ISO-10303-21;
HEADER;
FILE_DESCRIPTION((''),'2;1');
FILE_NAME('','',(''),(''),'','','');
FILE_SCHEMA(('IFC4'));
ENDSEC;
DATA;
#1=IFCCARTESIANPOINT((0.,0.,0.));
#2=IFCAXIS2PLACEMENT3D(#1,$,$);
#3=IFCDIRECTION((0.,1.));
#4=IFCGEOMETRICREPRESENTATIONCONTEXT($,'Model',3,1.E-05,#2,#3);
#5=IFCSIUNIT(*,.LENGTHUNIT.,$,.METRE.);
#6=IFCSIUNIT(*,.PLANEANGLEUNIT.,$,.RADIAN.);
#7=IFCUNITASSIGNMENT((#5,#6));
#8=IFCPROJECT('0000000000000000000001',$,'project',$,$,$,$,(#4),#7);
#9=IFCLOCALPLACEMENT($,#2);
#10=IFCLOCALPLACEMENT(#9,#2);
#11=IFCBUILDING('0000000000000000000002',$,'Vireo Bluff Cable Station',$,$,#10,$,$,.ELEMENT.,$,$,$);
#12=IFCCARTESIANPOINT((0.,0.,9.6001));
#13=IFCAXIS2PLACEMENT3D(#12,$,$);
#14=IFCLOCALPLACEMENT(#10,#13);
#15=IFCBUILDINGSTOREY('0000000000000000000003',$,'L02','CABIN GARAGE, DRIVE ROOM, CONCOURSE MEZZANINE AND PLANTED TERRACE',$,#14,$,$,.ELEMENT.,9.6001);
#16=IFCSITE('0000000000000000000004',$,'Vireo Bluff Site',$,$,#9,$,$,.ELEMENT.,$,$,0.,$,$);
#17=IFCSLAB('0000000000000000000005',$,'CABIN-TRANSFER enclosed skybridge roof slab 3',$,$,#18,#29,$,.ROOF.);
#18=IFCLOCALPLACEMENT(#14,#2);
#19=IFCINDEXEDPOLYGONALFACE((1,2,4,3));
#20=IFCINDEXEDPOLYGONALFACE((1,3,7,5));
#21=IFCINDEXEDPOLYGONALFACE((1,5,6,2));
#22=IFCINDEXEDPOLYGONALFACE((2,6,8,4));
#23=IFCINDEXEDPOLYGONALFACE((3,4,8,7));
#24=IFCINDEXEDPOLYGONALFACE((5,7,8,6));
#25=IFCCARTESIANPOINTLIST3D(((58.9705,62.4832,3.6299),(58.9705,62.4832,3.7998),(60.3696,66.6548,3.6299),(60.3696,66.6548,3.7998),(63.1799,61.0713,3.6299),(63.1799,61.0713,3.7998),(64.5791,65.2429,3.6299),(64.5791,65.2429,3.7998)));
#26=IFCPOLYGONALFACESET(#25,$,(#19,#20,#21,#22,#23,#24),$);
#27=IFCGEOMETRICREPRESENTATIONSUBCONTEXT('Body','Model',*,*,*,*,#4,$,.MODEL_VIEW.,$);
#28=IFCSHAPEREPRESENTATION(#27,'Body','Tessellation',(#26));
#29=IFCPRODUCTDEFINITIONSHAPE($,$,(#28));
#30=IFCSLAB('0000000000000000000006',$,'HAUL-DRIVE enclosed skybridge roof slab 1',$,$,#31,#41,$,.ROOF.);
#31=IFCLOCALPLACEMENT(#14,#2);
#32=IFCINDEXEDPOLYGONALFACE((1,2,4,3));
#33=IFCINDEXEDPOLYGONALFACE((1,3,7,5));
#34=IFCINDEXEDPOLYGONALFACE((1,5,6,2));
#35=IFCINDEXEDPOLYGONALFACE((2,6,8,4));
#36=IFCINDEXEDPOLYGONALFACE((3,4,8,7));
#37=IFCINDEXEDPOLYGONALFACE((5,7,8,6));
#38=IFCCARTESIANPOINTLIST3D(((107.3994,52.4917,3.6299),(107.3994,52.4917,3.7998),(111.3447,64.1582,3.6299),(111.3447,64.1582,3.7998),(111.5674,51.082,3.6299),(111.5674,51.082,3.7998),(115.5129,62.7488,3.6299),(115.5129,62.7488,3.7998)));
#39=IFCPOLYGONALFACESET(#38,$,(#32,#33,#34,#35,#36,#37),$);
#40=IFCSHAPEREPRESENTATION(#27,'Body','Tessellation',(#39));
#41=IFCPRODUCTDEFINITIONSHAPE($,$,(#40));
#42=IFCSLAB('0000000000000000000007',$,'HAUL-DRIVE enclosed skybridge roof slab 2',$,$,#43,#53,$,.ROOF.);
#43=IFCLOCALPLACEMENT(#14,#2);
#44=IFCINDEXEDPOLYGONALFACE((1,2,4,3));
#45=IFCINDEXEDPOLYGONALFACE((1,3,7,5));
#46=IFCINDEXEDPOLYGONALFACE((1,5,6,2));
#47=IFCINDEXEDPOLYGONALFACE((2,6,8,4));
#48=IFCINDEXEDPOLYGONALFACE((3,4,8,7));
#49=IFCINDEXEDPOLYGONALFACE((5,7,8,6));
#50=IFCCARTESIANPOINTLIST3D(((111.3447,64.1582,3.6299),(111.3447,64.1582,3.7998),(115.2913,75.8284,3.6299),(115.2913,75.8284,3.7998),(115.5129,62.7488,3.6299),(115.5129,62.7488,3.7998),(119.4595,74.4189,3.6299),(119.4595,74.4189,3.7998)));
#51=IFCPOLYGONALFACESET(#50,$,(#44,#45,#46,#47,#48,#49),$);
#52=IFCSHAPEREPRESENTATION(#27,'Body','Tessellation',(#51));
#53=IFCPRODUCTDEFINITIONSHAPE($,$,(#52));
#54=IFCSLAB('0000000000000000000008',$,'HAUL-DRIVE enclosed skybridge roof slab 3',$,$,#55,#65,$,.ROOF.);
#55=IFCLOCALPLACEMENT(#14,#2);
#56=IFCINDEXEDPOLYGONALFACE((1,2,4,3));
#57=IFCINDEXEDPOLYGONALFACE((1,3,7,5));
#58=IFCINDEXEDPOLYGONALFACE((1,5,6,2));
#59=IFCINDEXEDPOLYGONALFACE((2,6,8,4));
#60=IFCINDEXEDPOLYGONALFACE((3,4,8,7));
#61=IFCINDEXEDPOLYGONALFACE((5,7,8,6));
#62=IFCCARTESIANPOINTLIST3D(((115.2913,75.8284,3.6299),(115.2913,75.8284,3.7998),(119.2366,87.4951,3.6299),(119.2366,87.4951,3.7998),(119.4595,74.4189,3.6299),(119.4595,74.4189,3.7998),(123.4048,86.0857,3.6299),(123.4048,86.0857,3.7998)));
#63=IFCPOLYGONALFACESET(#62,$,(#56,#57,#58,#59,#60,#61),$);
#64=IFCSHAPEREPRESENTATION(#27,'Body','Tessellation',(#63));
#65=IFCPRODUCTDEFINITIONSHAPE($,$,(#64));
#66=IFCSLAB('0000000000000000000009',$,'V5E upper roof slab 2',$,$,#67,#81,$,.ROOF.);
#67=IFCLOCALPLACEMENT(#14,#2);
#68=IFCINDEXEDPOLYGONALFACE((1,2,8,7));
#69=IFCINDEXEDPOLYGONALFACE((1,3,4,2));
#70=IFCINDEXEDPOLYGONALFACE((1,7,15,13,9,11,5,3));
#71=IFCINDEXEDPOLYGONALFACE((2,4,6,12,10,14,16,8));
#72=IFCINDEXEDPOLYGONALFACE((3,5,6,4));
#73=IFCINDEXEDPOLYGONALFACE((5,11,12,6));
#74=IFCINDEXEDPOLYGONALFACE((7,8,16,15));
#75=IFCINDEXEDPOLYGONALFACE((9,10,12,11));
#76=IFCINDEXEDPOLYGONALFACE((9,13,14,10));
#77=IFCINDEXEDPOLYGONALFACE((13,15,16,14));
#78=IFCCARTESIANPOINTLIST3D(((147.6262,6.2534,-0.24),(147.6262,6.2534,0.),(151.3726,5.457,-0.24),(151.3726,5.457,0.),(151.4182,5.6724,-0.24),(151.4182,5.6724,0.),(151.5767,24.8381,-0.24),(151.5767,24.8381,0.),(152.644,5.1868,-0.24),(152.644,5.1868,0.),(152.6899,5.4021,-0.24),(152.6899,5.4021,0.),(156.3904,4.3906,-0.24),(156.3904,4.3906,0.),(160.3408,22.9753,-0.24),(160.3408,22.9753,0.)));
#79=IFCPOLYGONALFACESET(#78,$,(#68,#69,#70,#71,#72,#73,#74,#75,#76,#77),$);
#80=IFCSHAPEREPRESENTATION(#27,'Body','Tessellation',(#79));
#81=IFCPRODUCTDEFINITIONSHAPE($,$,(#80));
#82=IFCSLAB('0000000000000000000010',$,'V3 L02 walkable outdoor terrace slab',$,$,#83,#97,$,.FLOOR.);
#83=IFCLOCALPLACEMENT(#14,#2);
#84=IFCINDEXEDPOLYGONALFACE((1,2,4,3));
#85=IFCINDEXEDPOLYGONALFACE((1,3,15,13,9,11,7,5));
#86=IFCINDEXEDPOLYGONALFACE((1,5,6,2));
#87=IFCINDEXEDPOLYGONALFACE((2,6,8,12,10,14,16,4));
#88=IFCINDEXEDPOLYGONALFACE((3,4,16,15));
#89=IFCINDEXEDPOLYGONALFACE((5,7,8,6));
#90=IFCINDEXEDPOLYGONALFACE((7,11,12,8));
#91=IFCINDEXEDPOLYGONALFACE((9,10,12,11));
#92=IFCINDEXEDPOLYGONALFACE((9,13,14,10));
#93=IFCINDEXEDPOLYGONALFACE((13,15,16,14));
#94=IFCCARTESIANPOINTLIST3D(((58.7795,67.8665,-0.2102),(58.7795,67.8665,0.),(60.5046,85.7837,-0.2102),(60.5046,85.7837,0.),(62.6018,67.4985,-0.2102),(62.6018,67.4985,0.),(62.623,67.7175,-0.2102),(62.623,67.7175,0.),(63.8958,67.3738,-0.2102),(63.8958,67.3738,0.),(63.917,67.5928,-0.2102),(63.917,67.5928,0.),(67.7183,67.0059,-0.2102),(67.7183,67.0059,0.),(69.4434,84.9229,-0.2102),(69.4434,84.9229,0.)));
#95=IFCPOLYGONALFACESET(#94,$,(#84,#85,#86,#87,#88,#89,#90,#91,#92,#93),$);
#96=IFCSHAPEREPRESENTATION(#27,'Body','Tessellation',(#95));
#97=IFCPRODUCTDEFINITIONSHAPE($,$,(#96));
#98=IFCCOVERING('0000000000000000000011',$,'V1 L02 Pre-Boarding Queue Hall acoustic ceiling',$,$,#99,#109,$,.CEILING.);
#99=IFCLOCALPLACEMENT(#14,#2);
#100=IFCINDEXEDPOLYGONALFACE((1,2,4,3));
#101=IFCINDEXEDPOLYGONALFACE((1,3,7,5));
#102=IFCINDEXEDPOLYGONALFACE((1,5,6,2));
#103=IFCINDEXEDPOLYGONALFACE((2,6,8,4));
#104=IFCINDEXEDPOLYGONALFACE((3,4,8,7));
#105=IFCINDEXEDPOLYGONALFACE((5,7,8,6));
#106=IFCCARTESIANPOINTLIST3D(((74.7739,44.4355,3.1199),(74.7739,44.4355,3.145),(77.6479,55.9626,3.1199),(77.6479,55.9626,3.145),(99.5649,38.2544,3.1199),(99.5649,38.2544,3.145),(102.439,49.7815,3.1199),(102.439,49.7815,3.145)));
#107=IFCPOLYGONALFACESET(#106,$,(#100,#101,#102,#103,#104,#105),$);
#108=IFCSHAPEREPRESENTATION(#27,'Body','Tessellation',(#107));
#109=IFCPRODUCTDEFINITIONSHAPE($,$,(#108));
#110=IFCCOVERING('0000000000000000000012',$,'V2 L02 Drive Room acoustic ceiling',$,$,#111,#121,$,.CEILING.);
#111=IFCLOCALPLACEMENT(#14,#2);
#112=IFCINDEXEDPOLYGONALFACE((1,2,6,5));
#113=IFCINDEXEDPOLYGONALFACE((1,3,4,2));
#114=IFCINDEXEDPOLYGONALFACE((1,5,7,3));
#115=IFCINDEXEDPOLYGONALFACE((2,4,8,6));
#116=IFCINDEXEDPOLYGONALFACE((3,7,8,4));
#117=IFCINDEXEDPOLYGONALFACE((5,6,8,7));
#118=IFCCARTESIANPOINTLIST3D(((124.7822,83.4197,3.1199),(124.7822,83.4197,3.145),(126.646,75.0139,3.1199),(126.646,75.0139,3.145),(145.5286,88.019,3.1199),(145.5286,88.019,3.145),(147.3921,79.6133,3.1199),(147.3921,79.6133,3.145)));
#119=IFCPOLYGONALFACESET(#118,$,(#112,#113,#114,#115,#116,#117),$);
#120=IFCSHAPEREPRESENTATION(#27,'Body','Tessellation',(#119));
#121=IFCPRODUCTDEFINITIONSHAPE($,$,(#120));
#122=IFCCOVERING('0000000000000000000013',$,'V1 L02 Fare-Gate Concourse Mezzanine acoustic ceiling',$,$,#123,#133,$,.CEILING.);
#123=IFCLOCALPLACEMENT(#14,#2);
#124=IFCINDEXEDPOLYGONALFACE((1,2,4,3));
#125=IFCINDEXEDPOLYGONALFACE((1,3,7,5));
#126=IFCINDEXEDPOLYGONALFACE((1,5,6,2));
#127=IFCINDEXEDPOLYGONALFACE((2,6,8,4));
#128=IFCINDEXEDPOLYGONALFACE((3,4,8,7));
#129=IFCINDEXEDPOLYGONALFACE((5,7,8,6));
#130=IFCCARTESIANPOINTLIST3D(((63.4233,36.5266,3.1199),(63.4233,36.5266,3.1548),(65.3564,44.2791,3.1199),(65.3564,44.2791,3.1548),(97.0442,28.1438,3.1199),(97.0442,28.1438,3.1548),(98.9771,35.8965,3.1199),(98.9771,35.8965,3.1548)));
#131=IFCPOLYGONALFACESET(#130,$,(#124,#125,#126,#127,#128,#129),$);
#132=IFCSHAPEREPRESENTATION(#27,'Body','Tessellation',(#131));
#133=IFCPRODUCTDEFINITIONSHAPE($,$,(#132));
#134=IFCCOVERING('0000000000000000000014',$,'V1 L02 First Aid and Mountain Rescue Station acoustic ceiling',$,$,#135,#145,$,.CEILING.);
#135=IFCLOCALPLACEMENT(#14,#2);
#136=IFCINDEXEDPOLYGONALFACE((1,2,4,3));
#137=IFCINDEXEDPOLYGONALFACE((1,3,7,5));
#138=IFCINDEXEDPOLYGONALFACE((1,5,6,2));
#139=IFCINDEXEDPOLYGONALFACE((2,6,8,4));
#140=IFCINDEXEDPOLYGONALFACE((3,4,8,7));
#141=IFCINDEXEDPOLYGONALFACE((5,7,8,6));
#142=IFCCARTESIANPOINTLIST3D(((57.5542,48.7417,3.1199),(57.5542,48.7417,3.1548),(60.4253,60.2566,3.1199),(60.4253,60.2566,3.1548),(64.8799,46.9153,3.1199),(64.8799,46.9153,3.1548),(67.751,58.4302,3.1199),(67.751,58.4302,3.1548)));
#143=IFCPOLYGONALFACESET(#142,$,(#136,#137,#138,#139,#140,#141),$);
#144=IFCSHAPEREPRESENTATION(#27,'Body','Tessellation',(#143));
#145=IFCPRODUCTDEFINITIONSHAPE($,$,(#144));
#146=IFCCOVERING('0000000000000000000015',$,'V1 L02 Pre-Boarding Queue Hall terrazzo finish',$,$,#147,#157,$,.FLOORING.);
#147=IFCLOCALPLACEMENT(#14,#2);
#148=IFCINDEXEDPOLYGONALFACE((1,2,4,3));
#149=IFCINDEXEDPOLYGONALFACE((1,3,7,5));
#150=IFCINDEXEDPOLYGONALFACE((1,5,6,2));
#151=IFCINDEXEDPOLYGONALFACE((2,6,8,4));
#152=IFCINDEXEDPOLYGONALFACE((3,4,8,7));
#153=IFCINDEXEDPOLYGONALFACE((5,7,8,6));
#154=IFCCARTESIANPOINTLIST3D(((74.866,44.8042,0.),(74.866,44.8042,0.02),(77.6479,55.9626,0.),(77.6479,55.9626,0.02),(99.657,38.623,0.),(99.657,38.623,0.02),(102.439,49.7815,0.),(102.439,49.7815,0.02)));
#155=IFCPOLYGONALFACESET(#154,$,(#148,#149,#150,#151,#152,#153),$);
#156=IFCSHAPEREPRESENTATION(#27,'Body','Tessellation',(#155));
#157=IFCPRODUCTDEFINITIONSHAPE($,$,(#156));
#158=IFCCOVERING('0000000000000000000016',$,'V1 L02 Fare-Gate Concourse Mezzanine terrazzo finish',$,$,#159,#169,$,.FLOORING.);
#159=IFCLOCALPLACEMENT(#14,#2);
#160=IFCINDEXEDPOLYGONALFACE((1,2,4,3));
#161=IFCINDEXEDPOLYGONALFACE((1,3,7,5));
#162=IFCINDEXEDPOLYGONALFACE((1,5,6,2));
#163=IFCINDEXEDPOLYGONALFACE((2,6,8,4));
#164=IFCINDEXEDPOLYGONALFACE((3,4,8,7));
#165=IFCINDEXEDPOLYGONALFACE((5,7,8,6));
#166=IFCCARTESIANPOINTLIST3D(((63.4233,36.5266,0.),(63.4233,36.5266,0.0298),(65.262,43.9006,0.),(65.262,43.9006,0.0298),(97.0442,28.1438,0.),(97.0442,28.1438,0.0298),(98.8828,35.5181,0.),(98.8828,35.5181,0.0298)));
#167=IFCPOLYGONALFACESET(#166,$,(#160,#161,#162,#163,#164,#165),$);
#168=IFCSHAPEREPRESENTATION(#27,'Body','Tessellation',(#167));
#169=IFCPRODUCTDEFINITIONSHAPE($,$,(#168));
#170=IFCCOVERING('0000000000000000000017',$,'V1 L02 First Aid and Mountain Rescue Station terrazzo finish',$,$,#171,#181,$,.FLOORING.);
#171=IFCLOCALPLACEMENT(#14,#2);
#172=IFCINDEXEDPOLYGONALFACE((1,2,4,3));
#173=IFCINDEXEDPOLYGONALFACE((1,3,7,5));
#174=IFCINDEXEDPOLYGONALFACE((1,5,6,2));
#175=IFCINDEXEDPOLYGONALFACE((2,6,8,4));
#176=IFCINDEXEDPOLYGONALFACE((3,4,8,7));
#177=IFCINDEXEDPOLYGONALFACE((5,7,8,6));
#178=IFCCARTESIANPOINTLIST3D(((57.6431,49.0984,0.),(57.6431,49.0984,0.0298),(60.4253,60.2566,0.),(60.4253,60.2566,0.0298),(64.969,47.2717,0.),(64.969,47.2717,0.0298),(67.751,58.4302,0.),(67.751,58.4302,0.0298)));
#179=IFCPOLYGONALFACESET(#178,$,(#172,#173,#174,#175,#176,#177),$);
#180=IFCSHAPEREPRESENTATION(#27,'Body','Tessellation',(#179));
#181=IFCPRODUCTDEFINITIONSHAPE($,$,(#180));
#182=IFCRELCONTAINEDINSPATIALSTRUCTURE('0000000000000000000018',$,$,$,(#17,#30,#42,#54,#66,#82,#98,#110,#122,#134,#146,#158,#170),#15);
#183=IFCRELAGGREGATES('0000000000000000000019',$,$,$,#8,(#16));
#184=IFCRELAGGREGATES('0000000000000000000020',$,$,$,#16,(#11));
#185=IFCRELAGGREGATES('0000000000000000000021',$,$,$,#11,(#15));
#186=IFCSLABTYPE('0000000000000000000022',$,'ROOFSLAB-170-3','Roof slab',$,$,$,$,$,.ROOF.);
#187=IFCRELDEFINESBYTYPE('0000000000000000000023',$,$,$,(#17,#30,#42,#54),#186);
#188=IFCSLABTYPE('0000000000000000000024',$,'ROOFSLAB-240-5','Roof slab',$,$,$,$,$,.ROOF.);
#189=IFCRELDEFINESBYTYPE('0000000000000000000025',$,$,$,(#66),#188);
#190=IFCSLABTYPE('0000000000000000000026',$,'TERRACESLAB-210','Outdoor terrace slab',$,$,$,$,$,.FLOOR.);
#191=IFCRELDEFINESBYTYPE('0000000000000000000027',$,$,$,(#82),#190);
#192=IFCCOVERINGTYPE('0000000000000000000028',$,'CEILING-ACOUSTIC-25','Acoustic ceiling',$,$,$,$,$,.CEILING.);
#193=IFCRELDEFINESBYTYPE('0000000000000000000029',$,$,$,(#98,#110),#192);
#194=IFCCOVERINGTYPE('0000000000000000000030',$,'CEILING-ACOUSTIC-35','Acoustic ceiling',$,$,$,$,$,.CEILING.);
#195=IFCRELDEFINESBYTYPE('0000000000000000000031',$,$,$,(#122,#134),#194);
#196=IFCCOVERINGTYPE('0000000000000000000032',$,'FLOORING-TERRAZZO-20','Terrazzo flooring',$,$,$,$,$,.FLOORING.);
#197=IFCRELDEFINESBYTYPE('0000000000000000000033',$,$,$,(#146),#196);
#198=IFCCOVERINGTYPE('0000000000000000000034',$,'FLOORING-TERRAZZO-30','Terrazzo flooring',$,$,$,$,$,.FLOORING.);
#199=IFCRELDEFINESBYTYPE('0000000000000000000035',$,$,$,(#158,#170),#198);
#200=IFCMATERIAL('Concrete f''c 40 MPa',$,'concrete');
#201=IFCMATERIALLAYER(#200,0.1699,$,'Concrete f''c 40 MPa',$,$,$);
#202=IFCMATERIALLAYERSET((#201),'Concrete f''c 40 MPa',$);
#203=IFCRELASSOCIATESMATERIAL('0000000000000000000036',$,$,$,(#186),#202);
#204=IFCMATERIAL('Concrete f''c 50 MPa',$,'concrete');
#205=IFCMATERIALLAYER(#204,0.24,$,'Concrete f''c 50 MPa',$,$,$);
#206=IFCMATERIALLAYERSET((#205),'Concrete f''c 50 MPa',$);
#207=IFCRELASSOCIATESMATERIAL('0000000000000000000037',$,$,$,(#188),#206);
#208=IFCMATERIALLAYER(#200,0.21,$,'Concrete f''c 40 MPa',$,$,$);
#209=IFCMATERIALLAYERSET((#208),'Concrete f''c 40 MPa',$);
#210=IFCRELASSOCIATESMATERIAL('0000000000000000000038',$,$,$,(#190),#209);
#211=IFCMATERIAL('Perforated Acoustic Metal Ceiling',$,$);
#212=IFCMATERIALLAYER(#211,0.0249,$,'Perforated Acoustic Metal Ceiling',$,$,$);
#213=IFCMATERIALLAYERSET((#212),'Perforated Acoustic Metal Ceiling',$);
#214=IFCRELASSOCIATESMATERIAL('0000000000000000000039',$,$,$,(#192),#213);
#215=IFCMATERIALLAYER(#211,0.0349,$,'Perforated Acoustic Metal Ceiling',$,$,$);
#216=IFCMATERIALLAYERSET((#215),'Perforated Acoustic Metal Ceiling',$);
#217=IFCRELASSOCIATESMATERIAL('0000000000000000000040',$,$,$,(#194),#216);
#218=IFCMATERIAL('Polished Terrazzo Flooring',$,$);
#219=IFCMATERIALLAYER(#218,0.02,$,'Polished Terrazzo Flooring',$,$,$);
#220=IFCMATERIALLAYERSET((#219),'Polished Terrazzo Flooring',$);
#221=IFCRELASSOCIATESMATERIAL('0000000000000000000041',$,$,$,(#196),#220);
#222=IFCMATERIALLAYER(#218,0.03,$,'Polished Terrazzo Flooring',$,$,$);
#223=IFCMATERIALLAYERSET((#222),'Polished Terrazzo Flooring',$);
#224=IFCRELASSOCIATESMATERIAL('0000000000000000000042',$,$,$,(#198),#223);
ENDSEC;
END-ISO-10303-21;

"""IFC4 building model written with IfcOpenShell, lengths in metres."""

from ifc_helpers import new_model, si_unit, direction, frame, origin, place, context, subcontext, project, spatial, polyline, outline, extrude, material, layer, layer_set, type_object, element, save


model = new_model("IFC4")

# Units and contexts
model_context = context("Model", 3, precision=1e-05, world=origin(), true_north=direction((0.0, 1.0)))
body_context = subcontext(model_context, "Body", "Model", "MODEL_VIEW")
ifc_project = project(units=[si_unit("LENGTHUNIT", "METRE"), si_unit("PLANEANGLEUNIT", "RADIAN")], contexts=[model_context])

# Site, building, storey
site_placement = place(None, origin())
site = spatial("IfcSite", under=ifc_project, at=site_placement, Name="Vireo Bluff Site", CompositionType="ELEMENT", RefElevation=0.0)
building_placement = place(site_placement, origin())
building = spatial("IfcBuilding", under=site, at=building_placement, Name="Vireo Bluff Cable Station", CompositionType="ELEMENT")
storey_placement = place(building_placement, frame((0.0, 0.0, 9.6001)))
storey = spatial("IfcBuildingStorey", under=building, at=storey_placement, Name="L02", Description="CABIN GARAGE, DRIVE ROOM, CONCOURSE MEZZANINE AND PLANTED TERRACE", CompositionType="ELEMENT", Elevation=9.6001)

# Shared definitions
ifc_material_1 = material(Name="Concrete f'c 40 MPa", Category="concrete")

# Slabs
ifc_layer_1 = layer(ifc_material_1, 0.1699, Name="Concrete f'c 40 MPa")
ifc_layer_set_1 = layer_set([ifc_layer_1], Name="Concrete f'c 40 MPa")
slab_type_1 = type_object("IfcSlabType", Name="ROOFSLAB-170-3", Description="Roof slab", PredefinedType="ROOF", material=ifc_layer_set_1)
slab_1_placement = place(storey_placement, frame((0.0, 0.0, 3.6299)))
element("IfcSlab", 1, at=slab_1_placement, inside=storey, type_object=slab_type_1, Name="CABIN-TRANSFER enclosed skybridge roof slab 3", PredefinedType="ROOF", context=body_context, shape_type="SweptSolid", body=[
    extrude(outline(polyline([(58.9705, 62.4832), (63.1799, 61.0713), (64.5791, 65.2429), (60.3696, 66.6548), (58.9705, 62.4832)])), origin(), (0.0, 0.0, 1.0), 0.1699),
])
slab_2_placement = place(storey_placement, frame((0.0, 0.0, 3.6299)))
element("IfcSlab", 2, at=slab_2_placement, inside=storey, type_object=slab_type_1, Name="HAUL-DRIVE enclosed skybridge roof slab 1", PredefinedType="ROOF", context=body_context, shape_type="SweptSolid", body=[
    extrude(outline(polyline([(111.5674, 51.082), (115.5129, 62.7488), (111.3447, 64.1582), (107.3994, 52.4917), (111.5674, 51.082)])), origin(), (0.0, 0.0, 1.0), 0.1699),
])
slab_3_placement = place(storey_placement, frame((0.0, 0.0, 3.6299)))
element("IfcSlab", 3, at=slab_3_placement, inside=storey, type_object=slab_type_1, Name="HAUL-DRIVE enclosed skybridge roof slab 2", PredefinedType="ROOF", context=body_context, shape_type="SweptSolid", body=[
    extrude(outline(polyline([(115.5129, 62.7488), (119.4595, 74.4189), (115.2913, 75.8284), (111.3447, 64.1582), (115.5129, 62.7488)])), origin(), (0.0, 0.0, 1.0), 0.1699),
])
slab_4_placement = place(storey_placement, frame((0.0, 0.0, 3.6299)))
element("IfcSlab", 4, at=slab_4_placement, inside=storey, type_object=slab_type_1, Name="HAUL-DRIVE enclosed skybridge roof slab 3", PredefinedType="ROOF", context=body_context, shape_type="SweptSolid", body=[
    extrude(outline(polyline([(119.4595, 74.4189), (123.4048, 86.0857), (119.2366, 87.4951), (115.2913, 75.8284), (119.4595, 74.4189)])), origin(), (0.0, 0.0, 1.0), 0.1699),
])
ifc_material_2 = material(Name="Concrete f'c 50 MPa", Category="concrete")
ifc_layer_2 = layer(ifc_material_2, 0.24, Name="Concrete f'c 50 MPa")
ifc_layer_set_2 = layer_set([ifc_layer_2], Name="Concrete f'c 50 MPa")
slab_type_2 = type_object("IfcSlabType", Name="ROOFSLAB-240-5", Description="Roof slab", PredefinedType="ROOF", material=ifc_layer_set_2)
slab_5_placement = place(storey_placement, frame((0.0, 0.0, -0.24)))
element("IfcSlab", 5, at=slab_5_placement, inside=storey, type_object=slab_type_2, Name="V5E upper roof slab 2", PredefinedType="ROOF", context=body_context, shape_type="SweptSolid", body=[
    extrude(outline(polyline([(147.6262, 6.2534), (151.3726, 5.457), (151.4182, 5.6724), (152.6899, 5.4021), (152.644, 5.1868), (156.3904, 4.3906), (160.3408, 22.9753), (151.5767, 24.8381), (147.6262, 6.2534)])), origin(), (0.0, 0.0, 1.0), 0.24),
])
ifc_layer_3 = layer(ifc_material_1, 0.21, Name="Concrete f'c 40 MPa")
ifc_layer_set_3 = layer_set([ifc_layer_3], Name="Concrete f'c 40 MPa")
slab_type_3 = type_object("IfcSlabType", Name="TERRACESLAB-210", Description="Outdoor terrace slab", PredefinedType="FLOOR", material=ifc_layer_set_3)
slab_6_placement = place(storey_placement, frame((0.0, 0.0, -0.2102)))
element("IfcSlab", 6, at=slab_6_placement, inside=storey, type_object=slab_type_3, Name="V3 L02 walkable outdoor terrace slab", PredefinedType="FLOOR", context=body_context, shape_type="SweptSolid", body=[
    extrude(outline(polyline([(58.7795, 67.8665), (62.6018, 67.4985), (62.623, 67.7175), (63.917, 67.5928), (63.8958, 67.3738), (67.7183, 67.0059), (69.4434, 84.9229), (60.5046, 85.7837), (58.7795, 67.8665)])), origin(), (0.0, 0.0, 1.0), 0.2102),
])

# Coverings
ifc_material_3 = material(Name="Perforated Acoustic Metal Ceiling")
ifc_layer_4 = layer(ifc_material_3, 0.0249, Name="Perforated Acoustic Metal Ceiling")
ifc_layer_set_4 = layer_set([ifc_layer_4], Name="Perforated Acoustic Metal Ceiling")
covering_type_1 = type_object("IfcCoveringType", Name="CEILING-ACOUSTIC-25", Description="Acoustic ceiling", PredefinedType="CEILING", material=ifc_layer_set_4)
covering_1_placement = place(storey_placement, frame((0.0, 0.0, 3.1199)))
element("IfcCovering", 7, at=covering_1_placement, inside=storey, type_object=covering_type_1, Name="V1 L02 Pre-Boarding Queue Hall acoustic ceiling", PredefinedType="CEILING", context=body_context, shape_type="SweptSolid", body=[
    extrude(outline(polyline([(74.7739, 44.4355), (99.5649, 38.2544), (102.439, 49.7815), (77.6479, 55.9626), (74.7739, 44.4355)])), origin(), (0.0, 0.0, 1.0), 0.0251),
])
covering_2_placement = place(storey_placement, frame((0.0, 0.0, 3.1199)))
element("IfcCovering", 8, at=covering_2_placement, inside=storey, type_object=covering_type_1, Name="V2 L02 Drive Room acoustic ceiling", PredefinedType="CEILING", context=body_context, shape_type="SweptSolid", body=[
    extrude(outline(polyline([(126.646, 75.0139), (147.3921, 79.6133), (145.5286, 88.019), (124.7822, 83.4197), (126.646, 75.0139)])), origin(), (0.0, 0.0, 1.0), 0.0251),
])
ifc_layer_5 = layer(ifc_material_3, 0.0349, Name="Perforated Acoustic Metal Ceiling")
ifc_layer_set_5 = layer_set([ifc_layer_5], Name="Perforated Acoustic Metal Ceiling")
covering_type_2 = type_object("IfcCoveringType", Name="CEILING-ACOUSTIC-35", Description="Acoustic ceiling", PredefinedType="CEILING", material=ifc_layer_set_5)
covering_3_placement = place(storey_placement, frame((0.0, 0.0, 3.1199)))
element("IfcCovering", 9, at=covering_3_placement, inside=storey, type_object=covering_type_2, Name="V1 L02 Fare-Gate Concourse Mezzanine acoustic ceiling", PredefinedType="CEILING", context=body_context, shape_type="SweptSolid", body=[
    extrude(outline(polyline([(63.4233, 36.5266), (97.0442, 28.1438), (98.9771, 35.8965), (65.3564, 44.2791), (63.4233, 36.5266)])), origin(), (0.0, 0.0, 1.0), 0.0349),
])
covering_4_placement = place(storey_placement, frame((0.0, 0.0, 3.1199)))
element("IfcCovering", 10, at=covering_4_placement, inside=storey, type_object=covering_type_2, Name="V1 L02 First Aid and Mountain Rescue Station acoustic ceiling", PredefinedType="CEILING", context=body_context, shape_type="SweptSolid", body=[
    extrude(outline(polyline([(57.5542, 48.7417), (64.8799, 46.9153), (67.751, 58.4302), (60.4253, 60.2566), (57.5542, 48.7417)])), origin(), (0.0, 0.0, 1.0), 0.0349),
])
ifc_material_4 = material(Name="Polished Terrazzo Flooring")
ifc_layer_6 = layer(ifc_material_4, 0.02, Name="Polished Terrazzo Flooring")
ifc_layer_set_6 = layer_set([ifc_layer_6], Name="Polished Terrazzo Flooring")
covering_type_3 = type_object("IfcCoveringType", Name="FLOORING-TERRAZZO-20", Description="Terrazzo flooring", PredefinedType="FLOORING", material=ifc_layer_set_6)
covering_5_placement = place(storey_placement, origin())
element("IfcCovering", 11, at=covering_5_placement, inside=storey, type_object=covering_type_3, Name="V1 L02 Pre-Boarding Queue Hall terrazzo finish", PredefinedType="FLOORING", context=body_context, shape_type="SweptSolid", body=[
    extrude(outline(polyline([(74.866, 44.8042), (99.657, 38.623), (102.439, 49.7815), (77.6479, 55.9626), (74.866, 44.8042)])), origin(), (0.0, 0.0, 1.0), 0.02),
])
ifc_layer_7 = layer(ifc_material_4, 0.03, Name="Polished Terrazzo Flooring")
ifc_layer_set_7 = layer_set([ifc_layer_7], Name="Polished Terrazzo Flooring")
covering_type_4 = type_object("IfcCoveringType", Name="FLOORING-TERRAZZO-30", Description="Terrazzo flooring", PredefinedType="FLOORING", material=ifc_layer_set_7)
covering_6_placement = place(storey_placement, origin())
element("IfcCovering", 12, at=covering_6_placement, inside=storey, type_object=covering_type_4, Name="V1 L02 Fare-Gate Concourse Mezzanine terrazzo finish", PredefinedType="FLOORING", context=body_context, shape_type="SweptSolid", body=[
    extrude(outline(polyline([(63.4233, 36.5266), (97.0442, 28.1438), (98.8828, 35.5181), (65.262, 43.9006), (63.4233, 36.5266)])), origin(), (0.0, 0.0, 1.0), 0.0298),
])
covering_7_placement = place(storey_placement, origin())
element("IfcCovering", 13, at=covering_7_placement, inside=storey, type_object=covering_type_4, Name="V1 L02 First Aid and Mountain Rescue Station terrazzo finish", PredefinedType="FLOORING", context=body_context, shape_type="SweptSolid", body=[
    extrude(outline(polyline([(57.6431, 49.0984), (64.969, 47.2717), (67.751, 58.4302), (60.4253, 60.2566), (57.6431, 49.0984)])), origin(), (0.0, 0.0, 1.0), 0.0298),
])

save(model, "model.ifc")
